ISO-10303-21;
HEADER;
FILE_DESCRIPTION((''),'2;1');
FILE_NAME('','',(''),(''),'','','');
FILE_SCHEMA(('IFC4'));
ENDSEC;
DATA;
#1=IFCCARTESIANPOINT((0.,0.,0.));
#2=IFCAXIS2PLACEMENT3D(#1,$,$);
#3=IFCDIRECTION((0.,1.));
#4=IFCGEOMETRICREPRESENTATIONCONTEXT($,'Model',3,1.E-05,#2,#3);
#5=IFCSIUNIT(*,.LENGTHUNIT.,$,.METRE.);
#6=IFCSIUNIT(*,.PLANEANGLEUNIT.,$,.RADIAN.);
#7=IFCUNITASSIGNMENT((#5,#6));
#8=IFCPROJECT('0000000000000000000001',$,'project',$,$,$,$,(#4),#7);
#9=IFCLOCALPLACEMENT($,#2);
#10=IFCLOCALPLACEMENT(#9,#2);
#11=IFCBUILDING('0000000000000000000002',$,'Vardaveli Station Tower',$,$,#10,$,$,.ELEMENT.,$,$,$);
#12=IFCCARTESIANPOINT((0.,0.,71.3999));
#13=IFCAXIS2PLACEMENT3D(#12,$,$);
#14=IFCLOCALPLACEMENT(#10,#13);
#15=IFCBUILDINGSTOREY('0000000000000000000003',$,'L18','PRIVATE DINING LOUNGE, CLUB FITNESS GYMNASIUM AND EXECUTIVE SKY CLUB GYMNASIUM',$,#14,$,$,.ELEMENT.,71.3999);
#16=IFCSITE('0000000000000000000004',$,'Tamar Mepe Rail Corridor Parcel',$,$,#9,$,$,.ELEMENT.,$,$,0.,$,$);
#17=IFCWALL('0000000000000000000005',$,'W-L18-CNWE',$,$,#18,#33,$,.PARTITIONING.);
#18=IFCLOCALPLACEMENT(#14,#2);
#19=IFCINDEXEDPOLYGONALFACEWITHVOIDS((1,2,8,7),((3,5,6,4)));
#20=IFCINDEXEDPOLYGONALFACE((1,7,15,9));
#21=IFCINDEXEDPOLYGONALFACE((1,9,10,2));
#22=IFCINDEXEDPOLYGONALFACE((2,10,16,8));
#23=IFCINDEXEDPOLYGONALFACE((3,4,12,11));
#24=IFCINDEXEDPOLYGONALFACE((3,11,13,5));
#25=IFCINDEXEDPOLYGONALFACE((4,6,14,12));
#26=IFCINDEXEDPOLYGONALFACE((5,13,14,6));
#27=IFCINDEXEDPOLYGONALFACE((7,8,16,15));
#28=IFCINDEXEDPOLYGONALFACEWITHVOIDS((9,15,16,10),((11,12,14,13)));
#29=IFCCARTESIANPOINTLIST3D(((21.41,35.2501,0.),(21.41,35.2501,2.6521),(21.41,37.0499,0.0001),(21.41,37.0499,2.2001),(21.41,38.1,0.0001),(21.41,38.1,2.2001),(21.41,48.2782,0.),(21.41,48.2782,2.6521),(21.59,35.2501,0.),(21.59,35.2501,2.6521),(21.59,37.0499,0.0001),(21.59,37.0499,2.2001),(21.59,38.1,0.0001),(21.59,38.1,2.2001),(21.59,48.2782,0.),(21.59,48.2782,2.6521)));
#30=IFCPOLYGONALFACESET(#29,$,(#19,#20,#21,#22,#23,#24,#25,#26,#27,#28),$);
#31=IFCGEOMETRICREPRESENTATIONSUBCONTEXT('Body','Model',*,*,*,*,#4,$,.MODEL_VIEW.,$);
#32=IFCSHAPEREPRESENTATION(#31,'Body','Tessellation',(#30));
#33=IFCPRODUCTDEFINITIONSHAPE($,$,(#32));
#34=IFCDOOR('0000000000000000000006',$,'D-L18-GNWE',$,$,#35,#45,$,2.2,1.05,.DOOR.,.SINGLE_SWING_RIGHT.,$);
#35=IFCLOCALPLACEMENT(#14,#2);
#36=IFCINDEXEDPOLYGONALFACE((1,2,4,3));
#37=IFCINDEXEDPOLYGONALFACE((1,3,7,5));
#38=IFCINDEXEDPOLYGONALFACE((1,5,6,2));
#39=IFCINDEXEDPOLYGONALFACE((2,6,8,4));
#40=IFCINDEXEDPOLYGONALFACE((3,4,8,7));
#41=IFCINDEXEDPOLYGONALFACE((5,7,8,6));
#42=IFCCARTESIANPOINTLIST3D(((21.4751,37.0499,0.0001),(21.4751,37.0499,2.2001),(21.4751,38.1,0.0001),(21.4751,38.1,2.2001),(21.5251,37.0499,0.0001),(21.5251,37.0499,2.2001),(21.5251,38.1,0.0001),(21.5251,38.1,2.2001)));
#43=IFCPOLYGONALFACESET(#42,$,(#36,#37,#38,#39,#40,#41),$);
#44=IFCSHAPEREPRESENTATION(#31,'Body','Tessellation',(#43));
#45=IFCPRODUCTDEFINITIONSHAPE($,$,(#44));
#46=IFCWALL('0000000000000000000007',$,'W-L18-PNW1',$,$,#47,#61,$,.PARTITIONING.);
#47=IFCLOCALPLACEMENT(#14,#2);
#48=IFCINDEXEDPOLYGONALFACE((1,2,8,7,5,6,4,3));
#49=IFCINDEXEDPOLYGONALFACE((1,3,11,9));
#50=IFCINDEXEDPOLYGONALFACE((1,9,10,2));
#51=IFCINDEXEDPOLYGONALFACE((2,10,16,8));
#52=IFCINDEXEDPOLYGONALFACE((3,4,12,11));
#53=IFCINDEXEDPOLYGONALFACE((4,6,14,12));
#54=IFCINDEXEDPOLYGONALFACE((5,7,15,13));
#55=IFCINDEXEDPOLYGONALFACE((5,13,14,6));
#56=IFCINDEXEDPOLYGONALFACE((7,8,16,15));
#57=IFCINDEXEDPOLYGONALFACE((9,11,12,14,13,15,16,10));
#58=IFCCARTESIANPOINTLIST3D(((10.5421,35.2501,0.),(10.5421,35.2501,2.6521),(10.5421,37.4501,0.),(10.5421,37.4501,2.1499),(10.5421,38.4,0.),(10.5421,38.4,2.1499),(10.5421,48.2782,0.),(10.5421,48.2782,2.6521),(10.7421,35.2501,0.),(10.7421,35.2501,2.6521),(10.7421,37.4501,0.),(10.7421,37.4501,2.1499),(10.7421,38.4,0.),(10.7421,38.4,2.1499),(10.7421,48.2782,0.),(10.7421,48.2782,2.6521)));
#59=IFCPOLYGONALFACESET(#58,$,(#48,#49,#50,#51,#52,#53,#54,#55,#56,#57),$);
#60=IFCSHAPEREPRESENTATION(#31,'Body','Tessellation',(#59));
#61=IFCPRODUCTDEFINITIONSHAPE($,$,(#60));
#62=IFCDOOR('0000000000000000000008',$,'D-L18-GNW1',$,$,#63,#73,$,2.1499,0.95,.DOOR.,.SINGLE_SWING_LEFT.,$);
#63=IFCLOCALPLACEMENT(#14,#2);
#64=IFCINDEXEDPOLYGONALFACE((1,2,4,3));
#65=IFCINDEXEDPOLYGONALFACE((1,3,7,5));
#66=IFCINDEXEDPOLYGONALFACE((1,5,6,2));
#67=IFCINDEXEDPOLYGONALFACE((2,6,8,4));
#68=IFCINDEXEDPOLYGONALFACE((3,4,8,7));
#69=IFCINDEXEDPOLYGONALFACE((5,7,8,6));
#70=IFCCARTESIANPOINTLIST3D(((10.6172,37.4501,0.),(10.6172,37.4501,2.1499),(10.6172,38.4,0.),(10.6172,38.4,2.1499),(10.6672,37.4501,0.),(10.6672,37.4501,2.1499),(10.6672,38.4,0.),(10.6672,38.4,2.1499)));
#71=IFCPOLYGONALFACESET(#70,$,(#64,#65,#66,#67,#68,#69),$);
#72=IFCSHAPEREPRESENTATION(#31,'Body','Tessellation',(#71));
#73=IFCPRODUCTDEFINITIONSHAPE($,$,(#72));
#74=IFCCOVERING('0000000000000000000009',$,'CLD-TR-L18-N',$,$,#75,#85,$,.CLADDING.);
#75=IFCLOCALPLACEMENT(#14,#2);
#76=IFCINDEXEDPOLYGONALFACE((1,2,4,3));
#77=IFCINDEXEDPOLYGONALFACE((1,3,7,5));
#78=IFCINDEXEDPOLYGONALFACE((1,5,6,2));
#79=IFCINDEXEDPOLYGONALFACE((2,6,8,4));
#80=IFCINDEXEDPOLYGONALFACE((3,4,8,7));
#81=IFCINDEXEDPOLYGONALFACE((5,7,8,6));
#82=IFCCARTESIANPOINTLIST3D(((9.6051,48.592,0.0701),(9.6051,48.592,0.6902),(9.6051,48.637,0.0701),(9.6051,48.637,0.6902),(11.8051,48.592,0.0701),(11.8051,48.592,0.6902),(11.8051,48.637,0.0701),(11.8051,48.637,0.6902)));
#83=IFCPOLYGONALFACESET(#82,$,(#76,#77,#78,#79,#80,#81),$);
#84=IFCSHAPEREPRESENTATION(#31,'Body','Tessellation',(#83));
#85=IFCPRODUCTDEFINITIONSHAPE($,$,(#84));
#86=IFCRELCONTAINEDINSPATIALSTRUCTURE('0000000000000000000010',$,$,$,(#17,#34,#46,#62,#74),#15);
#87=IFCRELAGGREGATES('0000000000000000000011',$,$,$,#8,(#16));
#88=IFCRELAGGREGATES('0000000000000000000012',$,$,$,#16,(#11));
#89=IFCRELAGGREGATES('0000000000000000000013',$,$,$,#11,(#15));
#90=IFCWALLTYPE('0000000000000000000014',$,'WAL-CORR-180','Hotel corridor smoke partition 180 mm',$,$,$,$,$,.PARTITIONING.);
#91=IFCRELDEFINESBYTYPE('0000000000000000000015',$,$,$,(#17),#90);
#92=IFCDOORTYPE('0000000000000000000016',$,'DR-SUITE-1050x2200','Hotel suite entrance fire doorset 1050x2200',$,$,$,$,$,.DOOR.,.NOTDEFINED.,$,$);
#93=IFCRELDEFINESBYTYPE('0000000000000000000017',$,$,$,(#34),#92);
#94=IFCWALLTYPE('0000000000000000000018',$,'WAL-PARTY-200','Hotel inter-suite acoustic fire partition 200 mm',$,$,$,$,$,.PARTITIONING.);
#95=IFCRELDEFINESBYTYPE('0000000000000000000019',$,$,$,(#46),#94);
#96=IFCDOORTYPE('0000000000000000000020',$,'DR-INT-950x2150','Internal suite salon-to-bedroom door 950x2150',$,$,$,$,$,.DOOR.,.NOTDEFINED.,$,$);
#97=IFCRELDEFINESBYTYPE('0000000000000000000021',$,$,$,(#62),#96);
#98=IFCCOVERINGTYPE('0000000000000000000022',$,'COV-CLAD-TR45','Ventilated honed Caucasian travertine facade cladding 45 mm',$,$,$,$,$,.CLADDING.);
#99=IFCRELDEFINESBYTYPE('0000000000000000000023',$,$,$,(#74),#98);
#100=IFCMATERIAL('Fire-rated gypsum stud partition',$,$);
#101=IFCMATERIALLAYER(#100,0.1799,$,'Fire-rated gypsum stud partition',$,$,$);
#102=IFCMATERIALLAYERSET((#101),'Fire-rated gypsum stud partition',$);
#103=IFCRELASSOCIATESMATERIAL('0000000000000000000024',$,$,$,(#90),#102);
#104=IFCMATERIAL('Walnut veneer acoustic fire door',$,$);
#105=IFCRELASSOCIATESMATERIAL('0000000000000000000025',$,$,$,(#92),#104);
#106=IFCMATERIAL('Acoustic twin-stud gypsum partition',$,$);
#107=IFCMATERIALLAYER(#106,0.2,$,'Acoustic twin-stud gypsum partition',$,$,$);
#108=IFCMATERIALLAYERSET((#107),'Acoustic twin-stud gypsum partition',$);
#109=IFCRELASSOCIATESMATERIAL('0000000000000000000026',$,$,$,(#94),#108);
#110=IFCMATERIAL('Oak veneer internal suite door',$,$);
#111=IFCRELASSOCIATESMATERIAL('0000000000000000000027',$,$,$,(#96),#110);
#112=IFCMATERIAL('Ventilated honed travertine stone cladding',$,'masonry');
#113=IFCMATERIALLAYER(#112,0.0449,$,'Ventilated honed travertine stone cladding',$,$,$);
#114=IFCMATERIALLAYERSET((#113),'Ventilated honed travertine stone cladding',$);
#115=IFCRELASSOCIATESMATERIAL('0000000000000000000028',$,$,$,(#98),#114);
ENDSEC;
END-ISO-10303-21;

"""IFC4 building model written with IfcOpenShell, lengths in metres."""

from ifc_helpers import new_model, si_unit, direction, frame, frame_2d, origin, origin_2d, place, context, subcontext, project, spatial, rectangle, extrude, source, transform, mapped, material, layer, layer_set, type_object, element, fill, save


model = new_model("IFC4")

# Units and contexts
model_context = context("Model", 3, precision=1e-05, world=origin(), true_north=direction((0.0, 1.0)))
body_context = subcontext(model_context, "Body", "Model", "MODEL_VIEW")
ifc_project = project(units=[si_unit("LENGTHUNIT", "METRE"), si_unit("PLANEANGLEUNIT", "RADIAN")], contexts=[model_context])

# Site, building, storey
site_placement = place(None, origin())
site = spatial("IfcSite", under=ifc_project, at=site_placement, Name="Tamar Mepe Rail Corridor Parcel", CompositionType="ELEMENT", RefElevation=0.0)
building_placement = place(site_placement, origin())
building = spatial("IfcBuilding", under=site, at=building_placement, Name="Vardaveli Station Tower", CompositionType="ELEMENT")
storey_placement = place(building_placement, frame((0.0, 0.0, 71.3999)))
storey = spatial("IfcBuildingStorey", under=building, at=storey_placement, Name="L18", Description="PRIVATE DINING LOUNGE, CLUB FITNESS GYMNASIUM AND EXECUTIVE SKY CLUB GYMNASIUM", CompositionType="ELEMENT", Elevation=71.3999)

# Walls, openings, doors
ifc_material_1 = material(Name="Fire-rated gypsum stud partition")
ifc_layer_1 = layer(ifc_material_1, 0.1799, Name="Fire-rated gypsum stud partition")
ifc_layer_set_1 = layer_set([ifc_layer_1], Name="Fire-rated gypsum stud partition")
wall_type_1 = type_object("IfcWallType", Name="WAL-CORR-180", Description="Hotel corridor smoke partition 180 mm", PredefinedType="PARTITIONING", material=ifc_layer_set_1)
shared_shape_1 = source(origin(), body_context, "Body", "SweptSolid", [
    extrude(rectangle(XDim=13.0281, YDim=0.1799, at=frame_2d((6.5142, 0.0))), origin(), (0.0, 0.0, 1.0), 2.6521),
])
wall_1_placement = place(storey_placement, frame((21.5, 35.25, 0.0), z_axis=(0.0, 0.0, 1.0), x_axis=(0.0, 1.0, 0.0)))
wall_1 = element("IfcWall", 1, at=wall_1_placement, inside=storey, type_object=wall_type_1, Name="W-L18-CNWE", PredefinedType="PARTITIONING", context=body_context, shape_type="MappedRepresentation", body=[
    mapped(shared_shape_1, transform((0.0, 0.0, 0.0), scale=1.0)),
])
shared_shape_2 = source(origin(), body_context, "Body", "SweptSolid", [
    extrude(rectangle(XDim=1.05, YDim=2.2, at=frame_2d((0.5249, 1.1001))), frame((0.0, 0.1001, 0.0), z_axis=(0.0, -1.0, 0.0), x_axis=(1.0, 0.0, 0.0)), (0.0, 0.0, 1.0), 0.2),
])
opening_1_placement = place(wall_1_placement, frame((1.8, 0.0, 0.0)))
opening_1 = element("IfcOpeningElement", 2, at=opening_1_placement, cuts=wall_1, PredefinedType="OPENING", context=body_context, shape_type="MappedRepresentation", body=[
    mapped(shared_shape_2, transform((0.0, 0.0, 0.0), scale=1.0)),
])
ifc_material_2 = material(Name="Walnut veneer acoustic fire door")
door_type_1 = type_object("IfcDoorType", Name="DR-SUITE-1050x2200", Description="Hotel suite entrance fire doorset 1050x2200", OperationType="NOTDEFINED", PredefinedType="DOOR", material=ifc_material_2)
shared_shape_3 = source(origin(), body_context, "Body", "SweptSolid", [
    extrude(rectangle(XDim=1.05, YDim=2.2, at=frame_2d((0.5249, 1.1001))), frame((0.0, 0.0249, 0.0), z_axis=(0.0, -1.0, 0.0), x_axis=(1.0, 0.0, 0.0)), (0.0, 0.0, 1.0), 0.05),
])
door_1_placement = place(opening_1_placement, origin())
door_1 = element("IfcDoor", 3, at=door_1_placement, inside=storey, type_object=door_type_1, Name="D-L18-GNWE", OperationType="SINGLE_SWING_RIGHT", OverallHeight=2.2, OverallWidth=1.05, PredefinedType="DOOR", context=body_context, shape_type="MappedRepresentation", body=[
    mapped(shared_shape_3, transform((0.0, 0.0, 0.0), scale=1.0)),
])
fill(opening_1, door_1)
ifc_material_3 = material(Name="Acoustic twin-stud gypsum partition")
ifc_layer_2 = layer(ifc_material_3, 0.2, Name="Acoustic twin-stud gypsum partition")
ifc_layer_set_2 = layer_set([ifc_layer_2], Name="Acoustic twin-stud gypsum partition")
wall_type_2 = type_object("IfcWallType", Name="WAL-PARTY-200", Description="Hotel inter-suite acoustic fire partition 200 mm", PredefinedType="PARTITIONING", material=ifc_layer_set_2)
shared_shape_4 = source(origin(), body_context, "Body", "SweptSolid", [
    extrude(rectangle(XDim=13.0281, YDim=0.2, at=frame_2d((6.5142, 0.0))), origin(), (0.0, 0.0, 1.0), 2.6521),
])
wall_2_placement = place(storey_placement, frame((10.6421, 35.25, 0.0), z_axis=(0.0, 0.0, 1.0), x_axis=(0.0, 1.0, 0.0)))
wall_2 = element("IfcWall", 4, at=wall_2_placement, inside=storey, type_object=wall_type_2, Name="W-L18-PNW1", PredefinedType="PARTITIONING", context=body_context, shape_type="MappedRepresentation", body=[
    mapped(shared_shape_4, transform((0.0, 0.0, 0.0), scale=1.0)),
])
shared_shape_5 = source(origin(), body_context, "Body", "SweptSolid", [
    extrude(rectangle(XDim=0.95, YDim=2.1499, at=frame_2d((0.4751, 1.075))), frame((0.0, 0.1099, 0.0), z_axis=(0.0, -1.0, 0.0), x_axis=(1.0, 0.0, 0.0)), (0.0, 0.0, 1.0), 0.22),
])
opening_2_placement = place(wall_2_placement, frame((2.2, 0.0, 0.0)))
opening_2 = element("IfcOpeningElement", 5, at=opening_2_placement, cuts=wall_2, PredefinedType="OPENING", context=body_context, shape_type="MappedRepresentation", body=[
    mapped(shared_shape_5, transform((0.0, 0.0, 0.0), scale=1.0)),
])
ifc_material_4 = material(Name="Oak veneer internal suite door")
door_type_2 = type_object("IfcDoorType", Name="DR-INT-950x2150", Description="Internal suite salon-to-bedroom door 950x2150", OperationType="NOTDEFINED", PredefinedType="DOOR", material=ifc_material_4)
shared_shape_6 = source(origin(), body_context, "Body", "SweptSolid", [
    extrude(rectangle(XDim=0.95, YDim=2.1499, at=frame_2d((0.4751, 1.075))), frame((0.0, 0.0249, 0.0), z_axis=(0.0, -1.0, 0.0), x_axis=(1.0, 0.0, 0.0)), (0.0, 0.0, 1.0), 0.05),
])
door_2_placement = place(opening_2_placement, origin())
door_2 = element("IfcDoor", 6, at=door_2_placement, inside=storey, type_object=door_type_2, Name="D-L18-GNW1", OperationType="SINGLE_SWING_LEFT", OverallHeight=2.1499, OverallWidth=0.95, PredefinedType="DOOR", context=body_context, shape_type="MappedRepresentation", body=[
    mapped(shared_shape_6, transform((0.0, 0.0, 0.0), scale=1.0)),
])
fill(opening_2, door_2)

# Covering
ifc_material_5 = material(Name="Ventilated honed travertine stone cladding", Category="masonry")
ifc_layer_3 = layer(ifc_material_5, 0.0449, Name="Ventilated honed travertine stone cladding")
ifc_layer_set_3 = layer_set([ifc_layer_3], Name="Ventilated honed travertine stone cladding")
covering_type = type_object("IfcCoveringType", Name="COV-CLAD-TR45", Description="Ventilated honed Caucasian travertine facade cladding 45 mm", PredefinedType="CLADDING", material=ifc_layer_set_3)
shared_shape_7 = source(origin(), body_context, "Body", "SweptSolid", [
    extrude(rectangle(XDim=2.2, YDim=0.0449, at=origin_2d()), origin(), (0.0, 0.0, 1.0), 0.6201),
])
covering_placement = place(storey_placement, frame((10.7051, 48.6145, 0.0701), z_axis=(0.0, 0.0, 1.0), x_axis=(1.0, 0.0, 0.0)))
element("IfcCovering", 7, at=covering_placement, inside=storey, type_object=covering_type, Name="CLD-TR-L18-N", PredefinedType="CLADDING", context=body_context, shape_type="MappedRepresentation", body=[
    mapped(shared_shape_7, transform((0.0, 0.0, 0.0), scale=1.0)),
])

save(model, "model.ifc")
